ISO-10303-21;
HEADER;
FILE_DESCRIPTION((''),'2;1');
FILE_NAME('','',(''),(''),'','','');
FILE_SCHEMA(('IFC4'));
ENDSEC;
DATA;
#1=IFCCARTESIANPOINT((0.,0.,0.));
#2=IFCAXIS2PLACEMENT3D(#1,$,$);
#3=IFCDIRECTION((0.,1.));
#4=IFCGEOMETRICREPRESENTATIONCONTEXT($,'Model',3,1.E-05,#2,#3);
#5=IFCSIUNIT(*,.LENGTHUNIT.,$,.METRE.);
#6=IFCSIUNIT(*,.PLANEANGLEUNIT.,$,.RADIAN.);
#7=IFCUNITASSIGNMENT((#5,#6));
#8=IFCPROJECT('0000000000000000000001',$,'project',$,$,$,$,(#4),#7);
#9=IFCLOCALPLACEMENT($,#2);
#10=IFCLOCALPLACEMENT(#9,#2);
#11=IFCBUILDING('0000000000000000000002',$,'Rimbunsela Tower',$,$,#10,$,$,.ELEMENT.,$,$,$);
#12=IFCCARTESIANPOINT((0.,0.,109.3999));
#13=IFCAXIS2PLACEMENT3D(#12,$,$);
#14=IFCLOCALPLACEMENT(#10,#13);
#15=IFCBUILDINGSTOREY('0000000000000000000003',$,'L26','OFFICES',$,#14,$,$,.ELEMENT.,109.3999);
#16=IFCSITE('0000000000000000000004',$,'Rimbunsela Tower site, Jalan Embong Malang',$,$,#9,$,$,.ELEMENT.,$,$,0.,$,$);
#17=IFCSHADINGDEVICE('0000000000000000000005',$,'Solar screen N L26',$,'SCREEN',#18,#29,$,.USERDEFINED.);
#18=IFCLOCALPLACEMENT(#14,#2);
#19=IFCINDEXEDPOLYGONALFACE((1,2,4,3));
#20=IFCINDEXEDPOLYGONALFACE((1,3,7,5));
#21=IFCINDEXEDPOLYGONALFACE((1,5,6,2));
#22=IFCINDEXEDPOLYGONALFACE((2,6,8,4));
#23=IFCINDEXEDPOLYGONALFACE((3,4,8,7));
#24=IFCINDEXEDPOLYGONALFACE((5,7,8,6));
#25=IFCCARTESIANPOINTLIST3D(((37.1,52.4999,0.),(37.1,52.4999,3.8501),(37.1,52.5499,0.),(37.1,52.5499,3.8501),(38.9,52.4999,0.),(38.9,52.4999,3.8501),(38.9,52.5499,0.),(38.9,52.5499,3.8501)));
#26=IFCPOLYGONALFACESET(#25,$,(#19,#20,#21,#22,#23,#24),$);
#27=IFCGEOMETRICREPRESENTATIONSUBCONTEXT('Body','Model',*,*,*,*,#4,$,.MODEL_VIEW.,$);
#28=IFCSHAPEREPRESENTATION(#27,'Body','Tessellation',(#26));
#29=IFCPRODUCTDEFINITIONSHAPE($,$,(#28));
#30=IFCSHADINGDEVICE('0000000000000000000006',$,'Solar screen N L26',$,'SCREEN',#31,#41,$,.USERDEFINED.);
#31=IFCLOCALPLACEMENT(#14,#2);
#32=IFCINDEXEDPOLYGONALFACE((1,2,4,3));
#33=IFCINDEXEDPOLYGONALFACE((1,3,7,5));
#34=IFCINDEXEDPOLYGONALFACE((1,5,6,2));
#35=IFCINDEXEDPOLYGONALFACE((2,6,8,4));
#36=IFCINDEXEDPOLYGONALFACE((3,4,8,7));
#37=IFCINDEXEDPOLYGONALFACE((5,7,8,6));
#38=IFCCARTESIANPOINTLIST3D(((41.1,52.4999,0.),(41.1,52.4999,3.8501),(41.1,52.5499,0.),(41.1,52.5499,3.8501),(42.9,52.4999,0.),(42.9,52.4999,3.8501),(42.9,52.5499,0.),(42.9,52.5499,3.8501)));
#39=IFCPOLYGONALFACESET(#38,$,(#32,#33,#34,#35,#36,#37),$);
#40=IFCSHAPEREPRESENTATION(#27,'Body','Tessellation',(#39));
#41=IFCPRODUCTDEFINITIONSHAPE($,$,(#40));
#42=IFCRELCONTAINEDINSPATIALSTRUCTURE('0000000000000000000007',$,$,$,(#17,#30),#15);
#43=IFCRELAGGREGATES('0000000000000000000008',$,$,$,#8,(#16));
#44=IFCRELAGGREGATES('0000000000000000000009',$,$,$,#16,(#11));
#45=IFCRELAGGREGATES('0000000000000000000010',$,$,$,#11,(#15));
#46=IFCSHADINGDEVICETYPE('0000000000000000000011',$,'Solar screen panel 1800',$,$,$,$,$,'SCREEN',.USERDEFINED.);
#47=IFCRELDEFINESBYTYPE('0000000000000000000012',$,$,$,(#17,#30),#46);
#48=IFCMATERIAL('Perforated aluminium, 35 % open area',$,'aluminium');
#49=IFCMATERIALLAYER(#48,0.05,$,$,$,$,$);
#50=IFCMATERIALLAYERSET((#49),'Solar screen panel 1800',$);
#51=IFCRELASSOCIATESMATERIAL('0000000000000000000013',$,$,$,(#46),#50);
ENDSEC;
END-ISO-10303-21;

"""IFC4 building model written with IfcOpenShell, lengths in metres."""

from ifc_helpers import new_model, si_unit, direction, frame, origin, origin_2d, place, context, subcontext, project, spatial, rectangle, extrude, material, layer, layer_set, type_object, element, save


model = new_model("IFC4")

# Units and contexts
model_context = context("Model", 3, precision=1e-05, world=origin(), true_north=direction((0.0, 1.0)))
body_context = subcontext(model_context, "Body", "Model", "MODEL_VIEW")
ifc_project = project(units=[si_unit("LENGTHUNIT", "METRE"), si_unit("PLANEANGLEUNIT", "RADIAN")], contexts=[model_context])

# Site, building, storey
site_placement = place(None, origin())
site = spatial("IfcSite", under=ifc_project, at=site_placement, Name="Rimbunsela Tower site, Jalan Embong Malang", CompositionType="ELEMENT", RefElevation=0.0)
building_placement = place(site_placement, origin())
building = spatial("IfcBuilding", under=site, at=building_placement, Name="Rimbunsela Tower", CompositionType="ELEMENT")
storey_placement = place(building_placement, frame((0.0, 0.0, 109.3999)))
storey = spatial("IfcBuildingStorey", under=building, at=storey_placement, Name="L26", Description="OFFICES", CompositionType="ELEMENT", Elevation=109.3999)

# Shading devices
ifc_material_1 = material(Name="Perforated aluminium, 35 % open area", Category="aluminium")
ifc_layer_1 = layer(ifc_material_1, 0.05)
ifc_layer_set_1 = layer_set([ifc_layer_1], Name="Solar screen panel 1800")
shading_device_type = type_object("IfcShadingDeviceType", Name="Solar screen panel 1800", ElementType="SCREEN", PredefinedType="USERDEFINED", material=ifc_layer_set_1)
for number, where, z_axis, x_axis, name in (
    (1, (38.0, 52.5249, 0.0), (0.0, 0.0, 1.0), (1.0, 0.0, 0.0), "Solar screen N L26"),
    (2, (42.0, 52.5249, 0.0), (0.0, 0.0, 1.0), (1.0, 0.0, 0.0), "Solar screen N L26"),
):
    element("IfcShadingDevice", number, at=place(storey_placement, frame(where, z_axis=z_axis, x_axis=x_axis)), inside=storey, type_object=shading_device_type, Name=name, ObjectType="SCREEN", PredefinedType="USERDEFINED", context=body_context, shape_type="SweptSolid", body=[
        extrude(rectangle(XDim=1.8, YDim=0.05, at=origin_2d()), origin(), (0.0, 0.0, 1.0), 3.8501),
    ])

save(model, "model.ifc")
